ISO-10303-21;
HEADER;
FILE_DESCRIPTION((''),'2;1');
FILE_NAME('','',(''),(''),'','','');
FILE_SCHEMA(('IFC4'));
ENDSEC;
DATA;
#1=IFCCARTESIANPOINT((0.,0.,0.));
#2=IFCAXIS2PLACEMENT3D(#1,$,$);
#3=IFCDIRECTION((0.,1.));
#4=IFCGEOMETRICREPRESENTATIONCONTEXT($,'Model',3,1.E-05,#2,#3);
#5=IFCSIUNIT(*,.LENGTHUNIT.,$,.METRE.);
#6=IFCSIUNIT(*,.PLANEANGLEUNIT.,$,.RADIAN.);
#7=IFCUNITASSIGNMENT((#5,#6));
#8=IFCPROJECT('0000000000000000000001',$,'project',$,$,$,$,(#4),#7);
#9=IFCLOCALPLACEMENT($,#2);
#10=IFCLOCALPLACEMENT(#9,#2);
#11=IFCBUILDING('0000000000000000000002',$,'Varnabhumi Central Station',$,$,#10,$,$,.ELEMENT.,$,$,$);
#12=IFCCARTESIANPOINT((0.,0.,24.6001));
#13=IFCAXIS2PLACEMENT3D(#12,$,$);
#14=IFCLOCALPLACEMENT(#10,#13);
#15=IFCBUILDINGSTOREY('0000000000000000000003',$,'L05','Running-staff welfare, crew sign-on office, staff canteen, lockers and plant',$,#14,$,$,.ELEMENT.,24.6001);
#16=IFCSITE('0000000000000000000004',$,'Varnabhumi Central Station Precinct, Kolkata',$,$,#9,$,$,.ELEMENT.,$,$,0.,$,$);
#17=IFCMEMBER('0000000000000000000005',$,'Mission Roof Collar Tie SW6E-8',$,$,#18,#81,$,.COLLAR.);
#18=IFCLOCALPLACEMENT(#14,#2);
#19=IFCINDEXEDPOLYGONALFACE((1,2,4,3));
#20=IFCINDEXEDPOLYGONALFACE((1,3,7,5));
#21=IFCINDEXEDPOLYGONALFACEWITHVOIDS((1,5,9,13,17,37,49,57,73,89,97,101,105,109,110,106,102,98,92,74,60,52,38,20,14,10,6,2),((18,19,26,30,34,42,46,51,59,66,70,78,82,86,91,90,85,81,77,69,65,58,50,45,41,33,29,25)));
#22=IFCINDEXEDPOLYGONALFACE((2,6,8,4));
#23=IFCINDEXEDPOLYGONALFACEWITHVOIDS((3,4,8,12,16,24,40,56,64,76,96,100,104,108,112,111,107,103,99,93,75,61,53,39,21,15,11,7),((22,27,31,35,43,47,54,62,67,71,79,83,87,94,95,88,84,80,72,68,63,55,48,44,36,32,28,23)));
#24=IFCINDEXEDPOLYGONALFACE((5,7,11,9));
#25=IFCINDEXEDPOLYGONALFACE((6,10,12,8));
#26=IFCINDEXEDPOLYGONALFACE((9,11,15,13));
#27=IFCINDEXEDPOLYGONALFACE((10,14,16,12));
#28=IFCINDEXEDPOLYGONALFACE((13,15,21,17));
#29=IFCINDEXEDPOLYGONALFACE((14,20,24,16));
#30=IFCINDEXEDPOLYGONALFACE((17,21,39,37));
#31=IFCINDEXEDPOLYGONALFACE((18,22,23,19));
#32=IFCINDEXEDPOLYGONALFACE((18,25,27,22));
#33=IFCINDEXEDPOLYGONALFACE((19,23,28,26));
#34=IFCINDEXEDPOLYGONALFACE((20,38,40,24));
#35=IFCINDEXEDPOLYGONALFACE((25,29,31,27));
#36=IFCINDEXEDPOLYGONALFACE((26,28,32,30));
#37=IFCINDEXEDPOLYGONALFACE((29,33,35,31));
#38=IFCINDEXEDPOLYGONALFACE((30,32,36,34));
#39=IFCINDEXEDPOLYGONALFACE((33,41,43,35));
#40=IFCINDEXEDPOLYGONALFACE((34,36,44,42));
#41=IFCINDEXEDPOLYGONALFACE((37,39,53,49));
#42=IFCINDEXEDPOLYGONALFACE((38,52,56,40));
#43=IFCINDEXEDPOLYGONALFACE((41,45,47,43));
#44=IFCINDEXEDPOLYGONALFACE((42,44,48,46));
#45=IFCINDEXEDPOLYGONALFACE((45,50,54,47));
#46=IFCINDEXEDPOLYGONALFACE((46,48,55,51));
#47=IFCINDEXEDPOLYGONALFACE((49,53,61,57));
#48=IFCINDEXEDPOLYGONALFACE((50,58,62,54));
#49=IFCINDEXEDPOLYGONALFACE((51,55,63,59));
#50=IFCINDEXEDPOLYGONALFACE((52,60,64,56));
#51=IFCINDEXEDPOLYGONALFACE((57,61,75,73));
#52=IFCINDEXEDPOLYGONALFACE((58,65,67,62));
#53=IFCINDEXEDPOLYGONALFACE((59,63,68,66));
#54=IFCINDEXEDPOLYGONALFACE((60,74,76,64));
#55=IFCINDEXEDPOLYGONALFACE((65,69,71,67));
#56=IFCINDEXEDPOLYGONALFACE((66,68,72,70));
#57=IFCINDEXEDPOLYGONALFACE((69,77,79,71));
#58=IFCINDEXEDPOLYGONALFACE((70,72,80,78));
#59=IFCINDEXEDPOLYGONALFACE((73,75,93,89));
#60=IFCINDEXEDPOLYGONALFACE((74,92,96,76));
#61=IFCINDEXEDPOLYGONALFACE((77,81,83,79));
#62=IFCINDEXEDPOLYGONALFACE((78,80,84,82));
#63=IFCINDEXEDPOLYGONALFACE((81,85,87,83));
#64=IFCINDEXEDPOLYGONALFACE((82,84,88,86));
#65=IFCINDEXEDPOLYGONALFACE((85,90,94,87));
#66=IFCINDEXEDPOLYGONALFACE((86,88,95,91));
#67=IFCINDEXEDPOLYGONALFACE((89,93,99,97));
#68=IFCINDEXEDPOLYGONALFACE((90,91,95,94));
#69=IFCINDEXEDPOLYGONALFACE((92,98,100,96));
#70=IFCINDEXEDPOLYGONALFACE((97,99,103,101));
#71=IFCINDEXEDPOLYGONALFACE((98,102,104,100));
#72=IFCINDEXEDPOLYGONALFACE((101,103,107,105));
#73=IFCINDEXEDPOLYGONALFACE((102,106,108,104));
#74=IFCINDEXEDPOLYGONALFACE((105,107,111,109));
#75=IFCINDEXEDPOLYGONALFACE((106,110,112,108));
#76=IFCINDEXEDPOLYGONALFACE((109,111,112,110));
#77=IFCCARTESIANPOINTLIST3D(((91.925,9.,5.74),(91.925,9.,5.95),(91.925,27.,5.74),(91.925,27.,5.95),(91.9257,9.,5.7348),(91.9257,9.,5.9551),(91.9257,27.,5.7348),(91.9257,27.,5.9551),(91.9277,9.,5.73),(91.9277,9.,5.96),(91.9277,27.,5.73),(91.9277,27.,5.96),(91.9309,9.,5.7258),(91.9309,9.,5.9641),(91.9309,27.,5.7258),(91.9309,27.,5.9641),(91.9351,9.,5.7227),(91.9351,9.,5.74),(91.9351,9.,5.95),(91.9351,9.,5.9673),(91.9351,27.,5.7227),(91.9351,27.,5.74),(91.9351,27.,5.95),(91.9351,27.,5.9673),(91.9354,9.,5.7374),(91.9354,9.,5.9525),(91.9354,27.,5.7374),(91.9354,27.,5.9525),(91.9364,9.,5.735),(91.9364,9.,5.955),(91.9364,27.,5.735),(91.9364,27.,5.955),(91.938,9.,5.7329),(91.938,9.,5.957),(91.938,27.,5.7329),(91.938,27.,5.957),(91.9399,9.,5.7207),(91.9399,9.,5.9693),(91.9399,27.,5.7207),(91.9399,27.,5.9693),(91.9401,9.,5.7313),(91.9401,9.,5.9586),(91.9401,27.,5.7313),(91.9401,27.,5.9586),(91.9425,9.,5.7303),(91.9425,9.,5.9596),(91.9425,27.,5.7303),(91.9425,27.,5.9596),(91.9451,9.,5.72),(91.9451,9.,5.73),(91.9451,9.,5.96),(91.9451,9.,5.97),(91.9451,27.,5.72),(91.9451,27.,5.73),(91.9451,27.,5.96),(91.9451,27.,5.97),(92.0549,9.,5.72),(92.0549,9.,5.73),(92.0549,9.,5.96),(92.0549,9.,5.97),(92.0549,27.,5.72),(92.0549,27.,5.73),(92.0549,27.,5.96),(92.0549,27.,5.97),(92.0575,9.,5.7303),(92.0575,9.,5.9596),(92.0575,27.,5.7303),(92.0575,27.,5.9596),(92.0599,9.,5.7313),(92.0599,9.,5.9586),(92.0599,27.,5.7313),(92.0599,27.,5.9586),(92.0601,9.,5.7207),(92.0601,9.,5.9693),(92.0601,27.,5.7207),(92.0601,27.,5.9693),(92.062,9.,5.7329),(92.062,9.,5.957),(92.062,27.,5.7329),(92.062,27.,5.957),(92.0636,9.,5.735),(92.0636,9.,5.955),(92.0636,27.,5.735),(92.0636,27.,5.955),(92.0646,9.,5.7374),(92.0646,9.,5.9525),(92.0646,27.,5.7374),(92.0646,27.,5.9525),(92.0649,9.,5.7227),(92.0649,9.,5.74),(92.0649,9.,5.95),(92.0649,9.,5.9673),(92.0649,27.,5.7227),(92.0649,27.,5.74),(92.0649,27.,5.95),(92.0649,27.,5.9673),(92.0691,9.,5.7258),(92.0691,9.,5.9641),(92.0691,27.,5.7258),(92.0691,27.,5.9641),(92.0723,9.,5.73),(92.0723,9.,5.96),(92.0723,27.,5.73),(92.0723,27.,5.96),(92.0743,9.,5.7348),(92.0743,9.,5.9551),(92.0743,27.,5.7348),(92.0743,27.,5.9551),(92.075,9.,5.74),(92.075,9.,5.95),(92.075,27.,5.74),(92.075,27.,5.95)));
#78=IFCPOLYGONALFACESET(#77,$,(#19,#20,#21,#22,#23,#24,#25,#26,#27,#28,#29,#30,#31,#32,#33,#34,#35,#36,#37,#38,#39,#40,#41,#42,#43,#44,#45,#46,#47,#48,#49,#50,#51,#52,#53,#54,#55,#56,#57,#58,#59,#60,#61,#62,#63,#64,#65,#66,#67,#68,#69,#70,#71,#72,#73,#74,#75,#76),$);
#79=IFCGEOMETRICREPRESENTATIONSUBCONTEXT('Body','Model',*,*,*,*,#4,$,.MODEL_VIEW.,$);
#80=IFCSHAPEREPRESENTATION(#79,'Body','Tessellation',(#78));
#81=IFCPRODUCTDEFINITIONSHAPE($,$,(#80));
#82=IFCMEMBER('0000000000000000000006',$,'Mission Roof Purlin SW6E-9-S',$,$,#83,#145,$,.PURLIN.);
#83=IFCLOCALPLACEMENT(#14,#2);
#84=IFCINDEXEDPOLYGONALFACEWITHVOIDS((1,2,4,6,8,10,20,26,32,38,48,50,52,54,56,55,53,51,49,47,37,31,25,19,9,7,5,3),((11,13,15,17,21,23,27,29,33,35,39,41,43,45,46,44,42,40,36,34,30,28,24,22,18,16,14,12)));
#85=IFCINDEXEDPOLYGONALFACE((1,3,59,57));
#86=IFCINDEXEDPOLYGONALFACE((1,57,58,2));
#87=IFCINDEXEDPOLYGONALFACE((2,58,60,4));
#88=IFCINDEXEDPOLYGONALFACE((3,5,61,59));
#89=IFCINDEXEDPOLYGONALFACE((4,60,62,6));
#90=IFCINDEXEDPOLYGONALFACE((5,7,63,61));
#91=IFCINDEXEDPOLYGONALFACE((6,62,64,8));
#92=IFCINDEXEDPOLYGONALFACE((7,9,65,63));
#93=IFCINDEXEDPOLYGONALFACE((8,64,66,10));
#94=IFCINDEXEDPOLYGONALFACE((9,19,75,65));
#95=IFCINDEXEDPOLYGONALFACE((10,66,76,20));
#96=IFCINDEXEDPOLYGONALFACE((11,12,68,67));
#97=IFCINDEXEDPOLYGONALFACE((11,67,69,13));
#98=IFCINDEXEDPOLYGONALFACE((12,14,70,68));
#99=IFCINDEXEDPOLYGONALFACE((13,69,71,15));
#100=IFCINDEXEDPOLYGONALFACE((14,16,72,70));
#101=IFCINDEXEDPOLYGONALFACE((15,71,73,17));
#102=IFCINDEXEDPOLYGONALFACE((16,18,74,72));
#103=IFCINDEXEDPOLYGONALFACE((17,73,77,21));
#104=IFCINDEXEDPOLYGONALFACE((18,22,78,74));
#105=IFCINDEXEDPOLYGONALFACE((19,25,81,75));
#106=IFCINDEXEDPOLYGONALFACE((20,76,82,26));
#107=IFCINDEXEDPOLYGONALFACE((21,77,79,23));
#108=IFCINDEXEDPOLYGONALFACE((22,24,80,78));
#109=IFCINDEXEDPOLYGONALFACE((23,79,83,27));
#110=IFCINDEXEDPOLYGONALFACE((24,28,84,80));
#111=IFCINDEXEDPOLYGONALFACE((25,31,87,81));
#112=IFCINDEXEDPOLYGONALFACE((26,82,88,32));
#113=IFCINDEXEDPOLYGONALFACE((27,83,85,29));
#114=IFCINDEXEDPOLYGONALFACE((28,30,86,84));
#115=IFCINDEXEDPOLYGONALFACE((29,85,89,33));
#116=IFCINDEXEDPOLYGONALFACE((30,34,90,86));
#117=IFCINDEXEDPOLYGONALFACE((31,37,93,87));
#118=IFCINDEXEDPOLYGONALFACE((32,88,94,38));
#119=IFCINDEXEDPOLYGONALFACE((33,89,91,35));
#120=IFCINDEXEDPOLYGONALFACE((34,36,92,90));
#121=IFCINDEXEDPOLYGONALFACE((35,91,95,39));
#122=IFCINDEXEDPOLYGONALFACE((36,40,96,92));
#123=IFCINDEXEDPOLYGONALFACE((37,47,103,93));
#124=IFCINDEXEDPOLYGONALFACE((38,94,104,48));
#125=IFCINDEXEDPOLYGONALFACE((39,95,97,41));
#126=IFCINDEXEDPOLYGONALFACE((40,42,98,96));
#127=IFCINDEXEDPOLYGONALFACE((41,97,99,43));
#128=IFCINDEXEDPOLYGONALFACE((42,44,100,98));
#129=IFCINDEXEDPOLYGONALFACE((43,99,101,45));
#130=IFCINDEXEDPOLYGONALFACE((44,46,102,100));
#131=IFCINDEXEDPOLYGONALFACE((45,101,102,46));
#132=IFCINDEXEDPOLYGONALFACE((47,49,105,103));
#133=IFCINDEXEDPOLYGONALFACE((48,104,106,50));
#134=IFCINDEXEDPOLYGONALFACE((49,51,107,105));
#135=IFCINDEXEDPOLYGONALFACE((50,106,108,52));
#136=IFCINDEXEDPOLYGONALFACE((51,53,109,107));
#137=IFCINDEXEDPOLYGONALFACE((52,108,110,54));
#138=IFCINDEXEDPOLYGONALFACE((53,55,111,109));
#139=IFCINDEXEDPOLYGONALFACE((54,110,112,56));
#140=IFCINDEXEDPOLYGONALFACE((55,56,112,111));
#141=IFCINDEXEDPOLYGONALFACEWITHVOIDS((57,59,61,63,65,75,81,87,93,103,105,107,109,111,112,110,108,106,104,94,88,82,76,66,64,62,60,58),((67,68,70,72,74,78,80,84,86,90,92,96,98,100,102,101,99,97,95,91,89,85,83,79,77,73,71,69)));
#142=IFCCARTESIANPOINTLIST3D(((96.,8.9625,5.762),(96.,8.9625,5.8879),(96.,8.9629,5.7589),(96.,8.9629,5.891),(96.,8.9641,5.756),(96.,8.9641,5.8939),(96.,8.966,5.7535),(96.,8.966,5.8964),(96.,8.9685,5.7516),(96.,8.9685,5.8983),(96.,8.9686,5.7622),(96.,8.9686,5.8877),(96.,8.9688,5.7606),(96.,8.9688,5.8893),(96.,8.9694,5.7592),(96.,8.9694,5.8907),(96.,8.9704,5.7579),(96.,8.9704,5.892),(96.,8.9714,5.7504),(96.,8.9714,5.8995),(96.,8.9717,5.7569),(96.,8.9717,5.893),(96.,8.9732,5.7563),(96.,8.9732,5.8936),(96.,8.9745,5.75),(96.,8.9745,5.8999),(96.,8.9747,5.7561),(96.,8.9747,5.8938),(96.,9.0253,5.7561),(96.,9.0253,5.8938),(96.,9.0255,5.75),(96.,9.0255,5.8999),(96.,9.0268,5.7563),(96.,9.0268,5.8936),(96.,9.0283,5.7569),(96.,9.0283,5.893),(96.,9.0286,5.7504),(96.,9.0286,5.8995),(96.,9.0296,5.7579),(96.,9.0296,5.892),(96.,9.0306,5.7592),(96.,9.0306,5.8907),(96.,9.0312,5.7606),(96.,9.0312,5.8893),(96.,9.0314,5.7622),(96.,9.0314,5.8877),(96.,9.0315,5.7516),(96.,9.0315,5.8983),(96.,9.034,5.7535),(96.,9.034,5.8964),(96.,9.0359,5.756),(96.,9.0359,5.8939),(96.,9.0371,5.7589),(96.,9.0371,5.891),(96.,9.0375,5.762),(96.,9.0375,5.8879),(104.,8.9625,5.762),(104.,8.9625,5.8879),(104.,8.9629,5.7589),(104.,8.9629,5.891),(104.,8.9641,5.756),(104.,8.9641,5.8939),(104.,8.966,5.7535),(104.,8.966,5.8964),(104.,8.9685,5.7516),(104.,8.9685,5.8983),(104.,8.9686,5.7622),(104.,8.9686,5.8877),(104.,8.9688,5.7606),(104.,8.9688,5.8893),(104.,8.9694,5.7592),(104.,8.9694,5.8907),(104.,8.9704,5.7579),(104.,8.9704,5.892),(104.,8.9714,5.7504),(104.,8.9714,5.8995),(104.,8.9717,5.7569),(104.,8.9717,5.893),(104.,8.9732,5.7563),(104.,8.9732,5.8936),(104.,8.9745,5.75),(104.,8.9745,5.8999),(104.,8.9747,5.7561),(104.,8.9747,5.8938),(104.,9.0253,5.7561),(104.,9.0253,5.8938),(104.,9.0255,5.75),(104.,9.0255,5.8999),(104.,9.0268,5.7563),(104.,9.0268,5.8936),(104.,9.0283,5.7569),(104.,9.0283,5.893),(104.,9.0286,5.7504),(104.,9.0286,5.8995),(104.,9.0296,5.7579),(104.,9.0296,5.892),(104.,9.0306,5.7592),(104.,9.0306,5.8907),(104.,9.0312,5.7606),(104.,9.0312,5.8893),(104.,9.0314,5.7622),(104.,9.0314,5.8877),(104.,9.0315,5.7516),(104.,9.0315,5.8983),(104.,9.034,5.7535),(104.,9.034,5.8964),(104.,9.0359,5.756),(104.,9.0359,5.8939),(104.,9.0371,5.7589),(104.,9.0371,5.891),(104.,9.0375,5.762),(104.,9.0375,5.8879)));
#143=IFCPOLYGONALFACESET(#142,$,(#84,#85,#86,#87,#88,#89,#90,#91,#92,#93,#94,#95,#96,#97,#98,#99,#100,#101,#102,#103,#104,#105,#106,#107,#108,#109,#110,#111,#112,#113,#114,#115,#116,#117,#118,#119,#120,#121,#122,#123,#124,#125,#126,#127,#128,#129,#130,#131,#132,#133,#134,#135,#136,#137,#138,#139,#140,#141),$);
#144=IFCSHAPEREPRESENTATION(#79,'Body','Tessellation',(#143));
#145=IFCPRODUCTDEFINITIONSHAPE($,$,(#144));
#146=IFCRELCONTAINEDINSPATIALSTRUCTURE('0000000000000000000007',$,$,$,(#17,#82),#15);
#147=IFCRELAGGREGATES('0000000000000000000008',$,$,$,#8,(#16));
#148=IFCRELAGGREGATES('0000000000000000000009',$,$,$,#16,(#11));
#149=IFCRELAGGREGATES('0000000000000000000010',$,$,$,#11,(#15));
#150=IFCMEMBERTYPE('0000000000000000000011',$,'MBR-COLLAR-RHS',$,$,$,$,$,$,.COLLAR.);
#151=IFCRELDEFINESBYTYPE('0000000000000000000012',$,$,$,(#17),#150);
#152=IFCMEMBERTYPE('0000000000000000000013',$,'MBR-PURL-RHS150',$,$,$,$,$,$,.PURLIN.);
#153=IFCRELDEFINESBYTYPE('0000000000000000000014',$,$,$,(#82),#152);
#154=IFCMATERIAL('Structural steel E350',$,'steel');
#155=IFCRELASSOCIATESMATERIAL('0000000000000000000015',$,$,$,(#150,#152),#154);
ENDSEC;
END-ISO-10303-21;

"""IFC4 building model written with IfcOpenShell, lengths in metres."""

from ifc_helpers import new_model, si_unit, direction, frame, origin, origin_2d, place, context, subcontext, project, spatial, hollow_rectangle, extrude, material, material_profile, profile_set, type_object, element, save


model = new_model("IFC4")

# Units and contexts
model_context = context("Model", 3, precision=1e-05, world=origin(), true_north=direction((0.0, 1.0)))
body_context = subcontext(model_context, "Body", "Model", "MODEL_VIEW")
ifc_project = project(units=[si_unit("LENGTHUNIT", "METRE"), si_unit("PLANEANGLEUNIT", "RADIAN")], contexts=[model_context])

# Site, building, storey
site_placement = place(None, origin())
site = spatial("IfcSite", under=ifc_project, at=site_placement, Name="Varnabhumi Central Station Precinct, Kolkata", CompositionType="ELEMENT", RefElevation=0.0)
building_placement = place(site_placement, origin())
building = spatial("IfcBuilding", under=site, at=building_placement, Name="Varnabhumi Central Station", CompositionType="ELEMENT")
storey_placement = place(building_placement, frame((0.0, 0.0, 24.6001)))
storey = spatial("IfcBuildingStorey", under=building, at=storey_placement, Name="L05", Description="Running-staff welfare, crew sign-on office, staff canteen, lockers and plant", CompositionType="ELEMENT", Elevation=24.6001)

# Shared definitions
ifc_material_1 = material(Name="Structural steel E350", Category="steel")

# Members
ifc_material_profile_1 = material_profile(ifc_material_1, hollow_rectangle(XDim=0.1499, YDim=0.25, WallThickness=0.01, InnerFilletRadius=0.01, OuterFilletRadius=0.02, at=origin_2d()), Name="Structural steel E350", Category="steel")
ifc_profile_set_1 = profile_set([ifc_material_profile_1], Name="Structural steel E350")
member_type_1 = type_object("IfcMemberType", Name="MBR-COLLAR-RHS", PredefinedType="COLLAR", material=ifc_profile_set_1)
member_1_placement = place(storey_placement, frame((92.0, 9.0, 5.845), z_axis=(0.0, 1.0, 0.0), x_axis=(-1.0, 0.0, 0.0)))
element("IfcMember", 1, at=member_1_placement, inside=storey, type_object=member_type_1, Name="Mission Roof Collar Tie SW6E-8", PredefinedType="COLLAR", context=body_context, shape_type="SweptSolid", body=[
    extrude(hollow_rectangle(XDim=0.1499, YDim=0.25, WallThickness=0.01, InnerFilletRadius=0.01, OuterFilletRadius=0.02, at=origin_2d()), origin(), (0.0, 0.0, 1.0), 18.0),
])
ifc_material_profile_2 = material_profile(ifc_material_1, hollow_rectangle(XDim=0.075, YDim=0.1499, WallThickness=0.0061, InnerFilletRadius=0.0061, OuterFilletRadius=0.012, at=origin_2d()), Name="Structural steel E350", Category="steel")
ifc_profile_set_2 = profile_set([ifc_material_profile_2], Name="Structural steel E350")
member_type_2 = type_object("IfcMemberType", Name="MBR-PURL-RHS150", PredefinedType="PURLIN", material=ifc_profile_set_2)
member_2_placement = place(storey_placement, frame((96.0, 9.0, 5.825), z_axis=(1.0, 0.0, 0.0), x_axis=(0.0, 1.0, 0.0)))
element("IfcMember", 2, at=member_2_placement, inside=storey, type_object=member_type_2, Name="Mission Roof Purlin SW6E-9-S", PredefinedType="PURLIN", context=body_context, shape_type="SweptSolid", body=[
    extrude(hollow_rectangle(XDim=0.075, YDim=0.1499, WallThickness=0.0061, InnerFilletRadius=0.0061, OuterFilletRadius=0.012, at=origin_2d()), origin(), (0.0, 0.0, 1.0), 8.0),
])

save(model, "model.ifc")
